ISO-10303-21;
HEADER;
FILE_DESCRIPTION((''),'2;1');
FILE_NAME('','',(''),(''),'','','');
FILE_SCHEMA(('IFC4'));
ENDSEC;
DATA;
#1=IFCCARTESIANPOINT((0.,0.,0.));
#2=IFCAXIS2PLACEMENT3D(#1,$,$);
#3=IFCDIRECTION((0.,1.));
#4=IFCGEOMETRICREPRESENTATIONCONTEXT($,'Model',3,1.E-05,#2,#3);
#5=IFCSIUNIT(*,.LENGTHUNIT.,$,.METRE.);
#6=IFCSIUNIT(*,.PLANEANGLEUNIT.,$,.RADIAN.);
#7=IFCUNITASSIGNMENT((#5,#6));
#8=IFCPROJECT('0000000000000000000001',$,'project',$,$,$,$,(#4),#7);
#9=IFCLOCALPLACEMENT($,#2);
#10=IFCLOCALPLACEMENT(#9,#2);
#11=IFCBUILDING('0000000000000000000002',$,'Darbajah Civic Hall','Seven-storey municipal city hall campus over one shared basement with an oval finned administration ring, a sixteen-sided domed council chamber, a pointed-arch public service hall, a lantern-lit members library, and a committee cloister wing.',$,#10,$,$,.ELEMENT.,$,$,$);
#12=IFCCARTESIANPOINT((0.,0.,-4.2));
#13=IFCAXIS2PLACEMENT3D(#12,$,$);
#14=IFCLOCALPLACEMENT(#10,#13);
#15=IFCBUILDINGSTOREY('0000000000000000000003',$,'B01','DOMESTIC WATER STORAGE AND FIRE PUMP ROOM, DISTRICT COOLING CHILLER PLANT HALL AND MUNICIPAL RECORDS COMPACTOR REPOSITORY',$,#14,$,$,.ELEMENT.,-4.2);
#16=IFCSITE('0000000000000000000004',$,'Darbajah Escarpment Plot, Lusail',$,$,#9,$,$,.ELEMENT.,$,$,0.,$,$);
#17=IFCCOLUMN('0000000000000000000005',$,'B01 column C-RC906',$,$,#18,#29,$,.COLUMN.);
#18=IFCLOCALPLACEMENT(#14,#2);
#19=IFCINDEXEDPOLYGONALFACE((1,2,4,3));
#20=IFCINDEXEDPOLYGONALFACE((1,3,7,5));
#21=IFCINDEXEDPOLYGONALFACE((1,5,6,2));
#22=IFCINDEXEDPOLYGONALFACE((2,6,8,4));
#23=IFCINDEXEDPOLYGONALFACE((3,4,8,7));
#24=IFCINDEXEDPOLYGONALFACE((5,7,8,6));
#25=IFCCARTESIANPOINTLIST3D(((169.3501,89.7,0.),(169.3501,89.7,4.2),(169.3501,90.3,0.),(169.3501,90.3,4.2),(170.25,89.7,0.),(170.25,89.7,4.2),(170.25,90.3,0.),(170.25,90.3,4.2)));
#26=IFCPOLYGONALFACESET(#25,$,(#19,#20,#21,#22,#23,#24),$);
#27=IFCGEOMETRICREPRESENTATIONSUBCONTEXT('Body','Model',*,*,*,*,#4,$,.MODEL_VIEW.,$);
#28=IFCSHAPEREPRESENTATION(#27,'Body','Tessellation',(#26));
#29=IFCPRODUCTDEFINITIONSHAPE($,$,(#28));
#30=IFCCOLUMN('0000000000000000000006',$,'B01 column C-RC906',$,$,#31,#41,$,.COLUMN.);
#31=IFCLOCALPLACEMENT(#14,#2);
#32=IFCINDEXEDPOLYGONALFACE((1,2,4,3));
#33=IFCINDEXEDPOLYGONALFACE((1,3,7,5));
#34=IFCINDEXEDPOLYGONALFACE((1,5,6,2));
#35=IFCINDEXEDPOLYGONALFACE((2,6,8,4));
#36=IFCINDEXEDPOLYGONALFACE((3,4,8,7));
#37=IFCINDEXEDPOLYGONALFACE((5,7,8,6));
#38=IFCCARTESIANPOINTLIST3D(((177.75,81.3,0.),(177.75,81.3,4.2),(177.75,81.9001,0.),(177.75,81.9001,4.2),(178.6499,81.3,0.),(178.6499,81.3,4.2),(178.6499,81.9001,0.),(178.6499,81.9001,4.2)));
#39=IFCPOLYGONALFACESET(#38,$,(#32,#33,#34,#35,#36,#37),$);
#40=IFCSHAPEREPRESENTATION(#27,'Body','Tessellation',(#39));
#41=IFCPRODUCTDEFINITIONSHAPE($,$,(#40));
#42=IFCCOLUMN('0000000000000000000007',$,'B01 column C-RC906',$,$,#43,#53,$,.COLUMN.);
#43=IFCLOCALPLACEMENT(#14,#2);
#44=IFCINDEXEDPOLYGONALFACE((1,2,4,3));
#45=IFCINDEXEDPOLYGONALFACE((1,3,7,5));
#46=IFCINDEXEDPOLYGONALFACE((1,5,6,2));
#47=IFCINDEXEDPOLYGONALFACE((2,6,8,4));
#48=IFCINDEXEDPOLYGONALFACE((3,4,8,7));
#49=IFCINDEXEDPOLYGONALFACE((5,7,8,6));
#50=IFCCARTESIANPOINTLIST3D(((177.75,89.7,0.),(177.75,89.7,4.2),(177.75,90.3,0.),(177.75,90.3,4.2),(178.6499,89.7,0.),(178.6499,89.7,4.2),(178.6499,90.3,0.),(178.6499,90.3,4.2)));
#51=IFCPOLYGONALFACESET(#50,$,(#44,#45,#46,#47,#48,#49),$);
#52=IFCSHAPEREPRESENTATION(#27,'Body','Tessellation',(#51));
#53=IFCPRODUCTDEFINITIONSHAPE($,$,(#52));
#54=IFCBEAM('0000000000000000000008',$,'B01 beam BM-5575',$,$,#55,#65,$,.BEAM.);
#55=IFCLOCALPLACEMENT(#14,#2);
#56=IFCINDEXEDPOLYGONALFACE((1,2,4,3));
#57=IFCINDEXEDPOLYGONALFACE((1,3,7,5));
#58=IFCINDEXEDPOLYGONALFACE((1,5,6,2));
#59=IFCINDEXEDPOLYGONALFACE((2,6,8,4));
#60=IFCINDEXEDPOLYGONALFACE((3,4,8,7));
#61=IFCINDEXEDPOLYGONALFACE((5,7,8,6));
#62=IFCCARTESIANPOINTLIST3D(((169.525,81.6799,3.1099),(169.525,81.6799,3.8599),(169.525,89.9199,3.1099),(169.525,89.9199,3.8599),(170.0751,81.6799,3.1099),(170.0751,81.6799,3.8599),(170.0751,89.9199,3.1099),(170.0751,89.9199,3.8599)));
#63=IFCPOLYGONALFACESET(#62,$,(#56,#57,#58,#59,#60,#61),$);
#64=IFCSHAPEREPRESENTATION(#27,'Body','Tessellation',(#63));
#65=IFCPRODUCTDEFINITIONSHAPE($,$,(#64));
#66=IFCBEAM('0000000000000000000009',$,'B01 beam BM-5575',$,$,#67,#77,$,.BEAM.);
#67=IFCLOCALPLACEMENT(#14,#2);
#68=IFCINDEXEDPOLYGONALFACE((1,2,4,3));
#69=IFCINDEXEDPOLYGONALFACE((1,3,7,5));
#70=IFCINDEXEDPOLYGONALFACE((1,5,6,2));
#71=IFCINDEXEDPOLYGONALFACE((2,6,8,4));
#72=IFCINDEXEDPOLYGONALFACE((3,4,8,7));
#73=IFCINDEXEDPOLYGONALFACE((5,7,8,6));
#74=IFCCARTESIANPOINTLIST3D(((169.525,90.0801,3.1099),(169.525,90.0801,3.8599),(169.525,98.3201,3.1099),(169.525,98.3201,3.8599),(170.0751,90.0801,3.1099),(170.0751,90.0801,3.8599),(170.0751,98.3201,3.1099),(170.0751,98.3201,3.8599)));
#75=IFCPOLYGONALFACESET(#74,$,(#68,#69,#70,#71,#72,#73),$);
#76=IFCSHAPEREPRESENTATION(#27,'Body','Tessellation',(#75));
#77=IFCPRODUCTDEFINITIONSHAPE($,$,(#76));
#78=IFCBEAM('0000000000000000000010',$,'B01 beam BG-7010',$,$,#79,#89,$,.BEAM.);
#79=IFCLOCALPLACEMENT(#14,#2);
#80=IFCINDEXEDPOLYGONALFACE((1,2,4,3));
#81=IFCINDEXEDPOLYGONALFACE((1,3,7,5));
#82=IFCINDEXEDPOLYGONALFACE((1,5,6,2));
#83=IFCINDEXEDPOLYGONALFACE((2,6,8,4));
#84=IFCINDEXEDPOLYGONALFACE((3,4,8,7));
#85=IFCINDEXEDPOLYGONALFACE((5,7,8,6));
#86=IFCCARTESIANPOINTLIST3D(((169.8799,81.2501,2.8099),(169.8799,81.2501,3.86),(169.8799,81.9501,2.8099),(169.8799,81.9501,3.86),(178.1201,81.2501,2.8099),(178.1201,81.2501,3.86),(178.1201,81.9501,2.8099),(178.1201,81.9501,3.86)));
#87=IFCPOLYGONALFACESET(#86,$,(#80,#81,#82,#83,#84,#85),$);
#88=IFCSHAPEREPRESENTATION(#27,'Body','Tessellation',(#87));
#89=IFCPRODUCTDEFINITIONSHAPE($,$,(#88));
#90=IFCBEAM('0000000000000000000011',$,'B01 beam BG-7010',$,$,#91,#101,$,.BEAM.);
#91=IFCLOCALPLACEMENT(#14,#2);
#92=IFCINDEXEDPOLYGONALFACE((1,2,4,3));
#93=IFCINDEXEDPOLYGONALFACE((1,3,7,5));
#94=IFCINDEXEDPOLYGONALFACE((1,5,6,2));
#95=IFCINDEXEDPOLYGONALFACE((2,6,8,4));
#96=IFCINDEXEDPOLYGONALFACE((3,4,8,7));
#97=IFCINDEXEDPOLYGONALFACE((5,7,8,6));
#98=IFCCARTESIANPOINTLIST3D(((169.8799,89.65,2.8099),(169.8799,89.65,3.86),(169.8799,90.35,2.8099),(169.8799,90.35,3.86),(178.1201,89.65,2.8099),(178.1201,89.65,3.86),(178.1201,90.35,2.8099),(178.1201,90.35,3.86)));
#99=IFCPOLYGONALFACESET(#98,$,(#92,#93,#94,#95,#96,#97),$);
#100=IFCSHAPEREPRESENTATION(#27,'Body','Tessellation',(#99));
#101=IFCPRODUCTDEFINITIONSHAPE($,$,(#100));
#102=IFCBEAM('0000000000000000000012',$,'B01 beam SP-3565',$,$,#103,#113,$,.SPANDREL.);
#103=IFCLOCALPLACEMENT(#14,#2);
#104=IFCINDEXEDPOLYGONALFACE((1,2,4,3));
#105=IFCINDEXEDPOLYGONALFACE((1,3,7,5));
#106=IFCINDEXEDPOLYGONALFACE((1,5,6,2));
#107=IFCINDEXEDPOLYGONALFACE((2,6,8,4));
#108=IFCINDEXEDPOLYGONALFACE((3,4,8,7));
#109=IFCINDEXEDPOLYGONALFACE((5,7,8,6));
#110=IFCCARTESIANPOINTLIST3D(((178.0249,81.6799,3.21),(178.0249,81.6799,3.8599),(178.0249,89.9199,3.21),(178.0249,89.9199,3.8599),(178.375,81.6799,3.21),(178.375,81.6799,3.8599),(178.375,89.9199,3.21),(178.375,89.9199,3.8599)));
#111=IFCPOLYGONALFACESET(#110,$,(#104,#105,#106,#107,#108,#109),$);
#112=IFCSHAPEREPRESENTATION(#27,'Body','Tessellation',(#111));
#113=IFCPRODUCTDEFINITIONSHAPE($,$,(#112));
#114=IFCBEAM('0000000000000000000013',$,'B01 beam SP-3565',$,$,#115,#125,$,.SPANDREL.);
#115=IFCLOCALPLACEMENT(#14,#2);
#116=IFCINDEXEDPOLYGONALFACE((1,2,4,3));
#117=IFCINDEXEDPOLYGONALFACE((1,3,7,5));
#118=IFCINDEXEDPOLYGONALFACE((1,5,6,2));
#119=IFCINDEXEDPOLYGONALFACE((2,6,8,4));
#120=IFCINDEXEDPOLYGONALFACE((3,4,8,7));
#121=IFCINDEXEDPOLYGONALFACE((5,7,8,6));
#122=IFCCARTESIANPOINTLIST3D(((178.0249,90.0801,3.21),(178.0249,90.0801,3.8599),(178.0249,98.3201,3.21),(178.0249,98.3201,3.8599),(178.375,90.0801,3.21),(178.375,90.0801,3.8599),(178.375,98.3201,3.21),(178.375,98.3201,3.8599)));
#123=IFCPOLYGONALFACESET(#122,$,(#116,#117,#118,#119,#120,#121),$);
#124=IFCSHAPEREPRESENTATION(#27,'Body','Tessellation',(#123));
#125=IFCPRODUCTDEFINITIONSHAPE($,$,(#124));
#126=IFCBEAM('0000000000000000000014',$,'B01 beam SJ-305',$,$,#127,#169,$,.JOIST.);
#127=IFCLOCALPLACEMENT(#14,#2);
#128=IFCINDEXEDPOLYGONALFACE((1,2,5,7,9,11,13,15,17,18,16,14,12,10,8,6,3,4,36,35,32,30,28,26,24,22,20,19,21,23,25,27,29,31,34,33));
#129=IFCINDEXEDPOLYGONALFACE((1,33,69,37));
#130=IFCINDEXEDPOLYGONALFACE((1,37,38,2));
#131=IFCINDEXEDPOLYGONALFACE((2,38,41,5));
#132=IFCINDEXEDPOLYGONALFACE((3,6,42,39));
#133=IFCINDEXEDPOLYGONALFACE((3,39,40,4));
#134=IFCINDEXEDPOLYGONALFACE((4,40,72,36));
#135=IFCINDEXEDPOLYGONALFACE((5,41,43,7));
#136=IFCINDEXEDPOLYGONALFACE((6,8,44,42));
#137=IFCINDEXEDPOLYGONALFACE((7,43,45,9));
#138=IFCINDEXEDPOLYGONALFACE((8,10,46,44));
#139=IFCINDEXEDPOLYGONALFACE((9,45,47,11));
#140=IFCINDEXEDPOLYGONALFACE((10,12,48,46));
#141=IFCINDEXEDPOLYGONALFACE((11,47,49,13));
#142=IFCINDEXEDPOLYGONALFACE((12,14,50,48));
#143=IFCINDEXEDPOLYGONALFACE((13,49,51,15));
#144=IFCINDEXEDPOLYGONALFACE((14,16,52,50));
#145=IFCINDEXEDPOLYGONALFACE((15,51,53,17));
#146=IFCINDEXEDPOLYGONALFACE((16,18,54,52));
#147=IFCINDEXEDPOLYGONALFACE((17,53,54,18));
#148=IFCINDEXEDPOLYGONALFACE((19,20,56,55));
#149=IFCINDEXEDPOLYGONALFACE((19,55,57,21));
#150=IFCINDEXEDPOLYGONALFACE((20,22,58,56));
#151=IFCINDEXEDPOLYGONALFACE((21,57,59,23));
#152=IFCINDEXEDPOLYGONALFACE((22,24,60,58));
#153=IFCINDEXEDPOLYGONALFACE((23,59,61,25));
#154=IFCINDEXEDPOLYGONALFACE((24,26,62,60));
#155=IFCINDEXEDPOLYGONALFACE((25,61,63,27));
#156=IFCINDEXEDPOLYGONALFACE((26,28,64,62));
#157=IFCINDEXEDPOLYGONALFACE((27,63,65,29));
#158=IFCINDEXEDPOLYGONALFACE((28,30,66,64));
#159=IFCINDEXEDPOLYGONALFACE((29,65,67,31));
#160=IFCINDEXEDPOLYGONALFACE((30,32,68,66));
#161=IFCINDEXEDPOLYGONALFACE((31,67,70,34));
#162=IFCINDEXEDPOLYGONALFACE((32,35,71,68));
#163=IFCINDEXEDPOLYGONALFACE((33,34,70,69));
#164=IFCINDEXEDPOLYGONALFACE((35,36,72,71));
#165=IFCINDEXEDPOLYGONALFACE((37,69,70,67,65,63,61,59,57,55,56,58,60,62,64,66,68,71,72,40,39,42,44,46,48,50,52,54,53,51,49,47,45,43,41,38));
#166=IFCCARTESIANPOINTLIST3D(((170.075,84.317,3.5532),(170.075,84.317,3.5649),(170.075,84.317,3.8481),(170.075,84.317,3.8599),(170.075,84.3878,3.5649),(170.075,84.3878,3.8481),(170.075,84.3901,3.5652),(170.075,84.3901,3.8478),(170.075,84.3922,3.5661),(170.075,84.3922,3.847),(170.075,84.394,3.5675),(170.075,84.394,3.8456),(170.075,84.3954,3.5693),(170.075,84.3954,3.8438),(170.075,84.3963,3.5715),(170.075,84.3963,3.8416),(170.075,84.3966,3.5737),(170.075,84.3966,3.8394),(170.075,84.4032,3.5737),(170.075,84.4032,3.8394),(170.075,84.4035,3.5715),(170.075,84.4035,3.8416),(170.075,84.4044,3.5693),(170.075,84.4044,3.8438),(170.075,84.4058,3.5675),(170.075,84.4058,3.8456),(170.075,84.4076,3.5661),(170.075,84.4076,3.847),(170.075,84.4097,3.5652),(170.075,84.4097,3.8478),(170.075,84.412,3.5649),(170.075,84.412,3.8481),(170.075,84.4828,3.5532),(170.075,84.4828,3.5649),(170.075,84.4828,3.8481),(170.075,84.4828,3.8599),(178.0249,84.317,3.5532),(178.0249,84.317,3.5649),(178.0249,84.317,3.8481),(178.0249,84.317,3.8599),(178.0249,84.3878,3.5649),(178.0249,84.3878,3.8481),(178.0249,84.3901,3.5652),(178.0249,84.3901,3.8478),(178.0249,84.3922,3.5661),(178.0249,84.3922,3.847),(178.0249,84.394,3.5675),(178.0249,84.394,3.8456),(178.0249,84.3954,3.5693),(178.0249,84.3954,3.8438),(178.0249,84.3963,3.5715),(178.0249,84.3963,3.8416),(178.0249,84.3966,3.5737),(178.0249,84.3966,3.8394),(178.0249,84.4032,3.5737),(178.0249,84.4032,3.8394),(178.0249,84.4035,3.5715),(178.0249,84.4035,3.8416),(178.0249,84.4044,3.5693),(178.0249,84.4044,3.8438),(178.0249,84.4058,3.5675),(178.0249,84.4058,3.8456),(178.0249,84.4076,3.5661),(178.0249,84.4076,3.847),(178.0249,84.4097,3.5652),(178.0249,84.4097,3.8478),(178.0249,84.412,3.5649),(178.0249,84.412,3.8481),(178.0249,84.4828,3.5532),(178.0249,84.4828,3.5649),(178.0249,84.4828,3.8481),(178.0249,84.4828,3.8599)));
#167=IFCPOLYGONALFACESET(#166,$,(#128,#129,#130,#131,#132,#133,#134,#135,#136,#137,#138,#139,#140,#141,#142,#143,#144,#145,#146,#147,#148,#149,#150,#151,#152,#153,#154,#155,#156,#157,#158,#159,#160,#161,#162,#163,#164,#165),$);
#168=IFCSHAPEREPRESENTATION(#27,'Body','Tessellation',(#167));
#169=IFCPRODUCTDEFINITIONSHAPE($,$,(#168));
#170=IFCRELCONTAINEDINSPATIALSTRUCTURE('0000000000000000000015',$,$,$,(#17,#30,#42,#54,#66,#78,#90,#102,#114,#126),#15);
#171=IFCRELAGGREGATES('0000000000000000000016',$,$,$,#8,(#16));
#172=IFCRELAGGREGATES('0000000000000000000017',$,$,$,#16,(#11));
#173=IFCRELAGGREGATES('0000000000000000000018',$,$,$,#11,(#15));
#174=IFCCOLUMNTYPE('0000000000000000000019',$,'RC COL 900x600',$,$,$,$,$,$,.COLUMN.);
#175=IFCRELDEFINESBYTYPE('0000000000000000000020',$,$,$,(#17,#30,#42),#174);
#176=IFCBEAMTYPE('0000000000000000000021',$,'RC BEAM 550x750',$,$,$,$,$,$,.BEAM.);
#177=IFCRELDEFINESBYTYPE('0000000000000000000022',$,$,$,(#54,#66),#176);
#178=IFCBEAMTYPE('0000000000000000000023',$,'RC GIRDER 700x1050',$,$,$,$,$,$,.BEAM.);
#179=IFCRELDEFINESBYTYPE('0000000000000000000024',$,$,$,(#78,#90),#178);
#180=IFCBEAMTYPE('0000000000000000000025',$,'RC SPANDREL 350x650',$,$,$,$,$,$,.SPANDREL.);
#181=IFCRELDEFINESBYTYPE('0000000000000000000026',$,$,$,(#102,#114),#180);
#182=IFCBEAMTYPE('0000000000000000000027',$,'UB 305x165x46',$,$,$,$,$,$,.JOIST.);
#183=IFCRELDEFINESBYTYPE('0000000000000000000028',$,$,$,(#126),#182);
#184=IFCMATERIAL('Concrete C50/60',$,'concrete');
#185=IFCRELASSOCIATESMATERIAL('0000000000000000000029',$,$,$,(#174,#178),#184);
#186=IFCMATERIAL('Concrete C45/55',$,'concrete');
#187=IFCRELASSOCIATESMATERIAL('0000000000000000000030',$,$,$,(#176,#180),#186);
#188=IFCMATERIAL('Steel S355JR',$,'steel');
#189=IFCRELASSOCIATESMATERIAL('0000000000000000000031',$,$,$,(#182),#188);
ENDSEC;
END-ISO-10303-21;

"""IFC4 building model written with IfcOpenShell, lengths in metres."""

from ifc_helpers import new_model, si_unit, direction, frame, origin, origin_2d, place, context, subcontext, project, spatial, rectangle, i_section, extrude, material, material_profile, profile_set, type_object, element, save


model = new_model("IFC4")

# Units and contexts
model_context = context("Model", 3, precision=1e-05, world=origin(), true_north=direction((0.0, 1.0)))
body_context = subcontext(model_context, "Body", "Model", "MODEL_VIEW")
ifc_project = project(units=[si_unit("LENGTHUNIT", "METRE"), si_unit("PLANEANGLEUNIT", "RADIAN")], contexts=[model_context])

# Site, building, storey
site_placement = place(None, origin())
site = spatial("IfcSite", under=ifc_project, at=site_placement, Name="Darbajah Escarpment Plot, Lusail", CompositionType="ELEMENT", RefElevation=0.0)
building_placement = place(site_placement, origin())
building = spatial("IfcBuilding", under=site, at=building_placement, Name="Darbajah Civic Hall", Description="Seven-storey municipal city hall campus over one shared basement with an oval finned administration ring, a sixteen-sided domed council chamber, a pointed-arch public service hall, a lantern-lit members library, and a committee cloister wing.", CompositionType="ELEMENT")
storey_placement = place(building_placement, frame((0.0, 0.0, -4.2)))
storey = spatial("IfcBuildingStorey", under=building, at=storey_placement, Name="B01", Description="DOMESTIC WATER STORAGE AND FIRE PUMP ROOM, DISTRICT COOLING CHILLER PLANT HALL AND MUNICIPAL RECORDS COMPACTOR REPOSITORY", CompositionType="ELEMENT", Elevation=-4.2)

# Shared definitions
ifc_material_1 = material(Name="Concrete C45/55", Category="concrete")

# Columns
ifc_material_2 = material(Name="Concrete C50/60", Category="concrete")
ifc_material_profile_1 = material_profile(ifc_material_2, rectangle(XDim=0.8999, YDim=0.6001, at=origin_2d()), Name="RC COL 900x600")
ifc_profile_set_1 = profile_set([ifc_material_profile_1], Name="Concrete C50/60")
column_type = type_object("IfcColumnType", Name="RC COL 900x600", PredefinedType="COLUMN", material=ifc_profile_set_1)
for number, where, z_axis, x_axis, name in (
    (1, (169.8, 90.0, 0.0), (0.0, 0.0, 1.0), (1.0, 0.0, 0.0), "B01 column C-RC906"),
    (2, (178.2, 81.6001, 0.0), (0.0, 0.0, 1.0), (1.0, 0.0, 0.0), "B01 column C-RC906"),
    (3, (178.2, 90.0, 0.0), (0.0, 0.0, 1.0), (1.0, 0.0, 0.0), "B01 column C-RC906"),
):
    element("IfcColumn", number, at=place(storey_placement, frame(where, z_axis=z_axis, x_axis=x_axis)), inside=storey, type_object=column_type, Name=name, PredefinedType="COLUMN", context=body_context, shape_type="SweptSolid", body=[
        extrude(rectangle(XDim=0.8999, YDim=0.6001, at=origin_2d()), origin(), (0.0, 0.0, 1.0), 4.2),
    ])

# Beams
ifc_material_profile_2 = material_profile(ifc_material_1, rectangle(XDim=0.55, YDim=0.75, at=origin_2d()), Name="RC BEAM 550x750")
ifc_profile_set_2 = profile_set([ifc_material_profile_2], Name="Concrete C45/55")
beam_type_1 = type_object("IfcBeamType", Name="RC BEAM 550x750", PredefinedType="BEAM", material=ifc_profile_set_2)
for number, where, z_axis, x_axis, name in (
    (4, (169.8, 81.6799, 3.4849), (0.0, 1.0, 0.0), (-1.0, 0.0, 0.0), "B01 beam BM-5575"),
    (5, (169.8, 90.0801, 3.4849), (0.0, 1.0, 0.0), (-1.0, 0.0, 0.0), "B01 beam BM-5575"),
):
    element("IfcBeam", number, at=place(storey_placement, frame(where, z_axis=z_axis, x_axis=x_axis)), inside=storey, type_object=beam_type_1, Name=name, PredefinedType="BEAM", context=body_context, shape_type="SweptSolid", body=[
        extrude(rectangle(XDim=0.55, YDim=0.75, at=origin_2d()), origin(), (0.0, 0.0, 1.0), 8.24),
    ])
ifc_material_profile_3 = material_profile(ifc_material_2, rectangle(XDim=0.7, YDim=1.05, at=origin_2d()), Name="RC GIRDER 700x1050")
ifc_profile_set_3 = profile_set([ifc_material_profile_3], Name="Concrete C50/60")
beam_type_2 = type_object("IfcBeamType", Name="RC GIRDER 700x1050", PredefinedType="BEAM", material=ifc_profile_set_3)
for number, where, z_axis, x_axis, name in (
    (6, (169.8799, 81.6001, 3.335), (1.0, 0.0, 0.0), (0.0, 1.0, 0.0), "B01 beam BG-7010"),
    (7, (169.8799, 90.0, 3.335), (1.0, 0.0, 0.0), (0.0, 1.0, 0.0), "B01 beam BG-7010"),
):
    element("IfcBeam", number, at=place(storey_placement, frame(where, z_axis=z_axis, x_axis=x_axis)), inside=storey, type_object=beam_type_2, Name=name, PredefinedType="BEAM", context=body_context, shape_type="SweptSolid", body=[
        extrude(rectangle(XDim=0.7, YDim=1.05, at=origin_2d()), origin(), (0.0, 0.0, 1.0), 8.2402),
    ])
ifc_material_profile_4 = material_profile(ifc_material_1, rectangle(XDim=0.3501, YDim=0.6499, at=origin_2d()), Name="RC SPANDREL 350x650")
ifc_profile_set_4 = profile_set([ifc_material_profile_4], Name="Concrete C45/55")
beam_type_3 = type_object("IfcBeamType", Name="RC SPANDREL 350x650", PredefinedType="SPANDREL", material=ifc_profile_set_4)
for number, where, z_axis, x_axis, name in (
    (8, (178.2, 81.6799, 3.5349), (0.0, 1.0, 0.0), (-1.0, 0.0, 0.0), "B01 beam SP-3565"),
    (9, (178.2, 90.0801, 3.5349), (0.0, 1.0, 0.0), (-1.0, 0.0, 0.0), "B01 beam SP-3565"),
):
    element("IfcBeam", number, at=place(storey_placement, frame(where, z_axis=z_axis, x_axis=x_axis)), inside=storey, type_object=beam_type_3, Name=name, PredefinedType="SPANDREL", context=body_context, shape_type="SweptSolid", body=[
        extrude(rectangle(XDim=0.3501, YDim=0.6499, at=origin_2d()), origin(), (0.0, 0.0, 1.0), 8.24),
    ])
ifc_material_3 = material(Name="Steel S355JR", Category="steel")
ifc_material_profile_5 = material_profile(ifc_material_3, i_section(OverallWidth=0.1658, OverallDepth=0.3066, WebThickness=0.0066, FlangeThickness=0.0117, FilletRadius=0.0088, at=origin_2d()), Name="UB 305x165x46")
ifc_profile_set_5 = profile_set([ifc_material_profile_5], Name="Steel S355JR")
beam_type_4 = type_object("IfcBeamType", Name="UB 305x165x46", PredefinedType="JOIST", material=ifc_profile_set_5)
for number, where, z_axis, x_axis, name in (
    (10, (170.075, 84.3999, 3.7065), (1.0, 0.0, 0.0), (0.0, 1.0, 0.0), "B01 beam SJ-305"),
):
    element("IfcBeam", number, at=place(storey_placement, frame(where, z_axis=z_axis, x_axis=x_axis)), inside=storey, type_object=beam_type_4, Name=name, PredefinedType="JOIST", context=body_context, shape_type="SweptSolid", body=[
        extrude(i_section(OverallWidth=0.1658, OverallDepth=0.3066, WebThickness=0.0066, FlangeThickness=0.0117, FilletRadius=0.0088, at=origin_2d()), origin(), (0.0, 0.0, 1.0), 7.95),
    ])

save(model, "model.ifc")
